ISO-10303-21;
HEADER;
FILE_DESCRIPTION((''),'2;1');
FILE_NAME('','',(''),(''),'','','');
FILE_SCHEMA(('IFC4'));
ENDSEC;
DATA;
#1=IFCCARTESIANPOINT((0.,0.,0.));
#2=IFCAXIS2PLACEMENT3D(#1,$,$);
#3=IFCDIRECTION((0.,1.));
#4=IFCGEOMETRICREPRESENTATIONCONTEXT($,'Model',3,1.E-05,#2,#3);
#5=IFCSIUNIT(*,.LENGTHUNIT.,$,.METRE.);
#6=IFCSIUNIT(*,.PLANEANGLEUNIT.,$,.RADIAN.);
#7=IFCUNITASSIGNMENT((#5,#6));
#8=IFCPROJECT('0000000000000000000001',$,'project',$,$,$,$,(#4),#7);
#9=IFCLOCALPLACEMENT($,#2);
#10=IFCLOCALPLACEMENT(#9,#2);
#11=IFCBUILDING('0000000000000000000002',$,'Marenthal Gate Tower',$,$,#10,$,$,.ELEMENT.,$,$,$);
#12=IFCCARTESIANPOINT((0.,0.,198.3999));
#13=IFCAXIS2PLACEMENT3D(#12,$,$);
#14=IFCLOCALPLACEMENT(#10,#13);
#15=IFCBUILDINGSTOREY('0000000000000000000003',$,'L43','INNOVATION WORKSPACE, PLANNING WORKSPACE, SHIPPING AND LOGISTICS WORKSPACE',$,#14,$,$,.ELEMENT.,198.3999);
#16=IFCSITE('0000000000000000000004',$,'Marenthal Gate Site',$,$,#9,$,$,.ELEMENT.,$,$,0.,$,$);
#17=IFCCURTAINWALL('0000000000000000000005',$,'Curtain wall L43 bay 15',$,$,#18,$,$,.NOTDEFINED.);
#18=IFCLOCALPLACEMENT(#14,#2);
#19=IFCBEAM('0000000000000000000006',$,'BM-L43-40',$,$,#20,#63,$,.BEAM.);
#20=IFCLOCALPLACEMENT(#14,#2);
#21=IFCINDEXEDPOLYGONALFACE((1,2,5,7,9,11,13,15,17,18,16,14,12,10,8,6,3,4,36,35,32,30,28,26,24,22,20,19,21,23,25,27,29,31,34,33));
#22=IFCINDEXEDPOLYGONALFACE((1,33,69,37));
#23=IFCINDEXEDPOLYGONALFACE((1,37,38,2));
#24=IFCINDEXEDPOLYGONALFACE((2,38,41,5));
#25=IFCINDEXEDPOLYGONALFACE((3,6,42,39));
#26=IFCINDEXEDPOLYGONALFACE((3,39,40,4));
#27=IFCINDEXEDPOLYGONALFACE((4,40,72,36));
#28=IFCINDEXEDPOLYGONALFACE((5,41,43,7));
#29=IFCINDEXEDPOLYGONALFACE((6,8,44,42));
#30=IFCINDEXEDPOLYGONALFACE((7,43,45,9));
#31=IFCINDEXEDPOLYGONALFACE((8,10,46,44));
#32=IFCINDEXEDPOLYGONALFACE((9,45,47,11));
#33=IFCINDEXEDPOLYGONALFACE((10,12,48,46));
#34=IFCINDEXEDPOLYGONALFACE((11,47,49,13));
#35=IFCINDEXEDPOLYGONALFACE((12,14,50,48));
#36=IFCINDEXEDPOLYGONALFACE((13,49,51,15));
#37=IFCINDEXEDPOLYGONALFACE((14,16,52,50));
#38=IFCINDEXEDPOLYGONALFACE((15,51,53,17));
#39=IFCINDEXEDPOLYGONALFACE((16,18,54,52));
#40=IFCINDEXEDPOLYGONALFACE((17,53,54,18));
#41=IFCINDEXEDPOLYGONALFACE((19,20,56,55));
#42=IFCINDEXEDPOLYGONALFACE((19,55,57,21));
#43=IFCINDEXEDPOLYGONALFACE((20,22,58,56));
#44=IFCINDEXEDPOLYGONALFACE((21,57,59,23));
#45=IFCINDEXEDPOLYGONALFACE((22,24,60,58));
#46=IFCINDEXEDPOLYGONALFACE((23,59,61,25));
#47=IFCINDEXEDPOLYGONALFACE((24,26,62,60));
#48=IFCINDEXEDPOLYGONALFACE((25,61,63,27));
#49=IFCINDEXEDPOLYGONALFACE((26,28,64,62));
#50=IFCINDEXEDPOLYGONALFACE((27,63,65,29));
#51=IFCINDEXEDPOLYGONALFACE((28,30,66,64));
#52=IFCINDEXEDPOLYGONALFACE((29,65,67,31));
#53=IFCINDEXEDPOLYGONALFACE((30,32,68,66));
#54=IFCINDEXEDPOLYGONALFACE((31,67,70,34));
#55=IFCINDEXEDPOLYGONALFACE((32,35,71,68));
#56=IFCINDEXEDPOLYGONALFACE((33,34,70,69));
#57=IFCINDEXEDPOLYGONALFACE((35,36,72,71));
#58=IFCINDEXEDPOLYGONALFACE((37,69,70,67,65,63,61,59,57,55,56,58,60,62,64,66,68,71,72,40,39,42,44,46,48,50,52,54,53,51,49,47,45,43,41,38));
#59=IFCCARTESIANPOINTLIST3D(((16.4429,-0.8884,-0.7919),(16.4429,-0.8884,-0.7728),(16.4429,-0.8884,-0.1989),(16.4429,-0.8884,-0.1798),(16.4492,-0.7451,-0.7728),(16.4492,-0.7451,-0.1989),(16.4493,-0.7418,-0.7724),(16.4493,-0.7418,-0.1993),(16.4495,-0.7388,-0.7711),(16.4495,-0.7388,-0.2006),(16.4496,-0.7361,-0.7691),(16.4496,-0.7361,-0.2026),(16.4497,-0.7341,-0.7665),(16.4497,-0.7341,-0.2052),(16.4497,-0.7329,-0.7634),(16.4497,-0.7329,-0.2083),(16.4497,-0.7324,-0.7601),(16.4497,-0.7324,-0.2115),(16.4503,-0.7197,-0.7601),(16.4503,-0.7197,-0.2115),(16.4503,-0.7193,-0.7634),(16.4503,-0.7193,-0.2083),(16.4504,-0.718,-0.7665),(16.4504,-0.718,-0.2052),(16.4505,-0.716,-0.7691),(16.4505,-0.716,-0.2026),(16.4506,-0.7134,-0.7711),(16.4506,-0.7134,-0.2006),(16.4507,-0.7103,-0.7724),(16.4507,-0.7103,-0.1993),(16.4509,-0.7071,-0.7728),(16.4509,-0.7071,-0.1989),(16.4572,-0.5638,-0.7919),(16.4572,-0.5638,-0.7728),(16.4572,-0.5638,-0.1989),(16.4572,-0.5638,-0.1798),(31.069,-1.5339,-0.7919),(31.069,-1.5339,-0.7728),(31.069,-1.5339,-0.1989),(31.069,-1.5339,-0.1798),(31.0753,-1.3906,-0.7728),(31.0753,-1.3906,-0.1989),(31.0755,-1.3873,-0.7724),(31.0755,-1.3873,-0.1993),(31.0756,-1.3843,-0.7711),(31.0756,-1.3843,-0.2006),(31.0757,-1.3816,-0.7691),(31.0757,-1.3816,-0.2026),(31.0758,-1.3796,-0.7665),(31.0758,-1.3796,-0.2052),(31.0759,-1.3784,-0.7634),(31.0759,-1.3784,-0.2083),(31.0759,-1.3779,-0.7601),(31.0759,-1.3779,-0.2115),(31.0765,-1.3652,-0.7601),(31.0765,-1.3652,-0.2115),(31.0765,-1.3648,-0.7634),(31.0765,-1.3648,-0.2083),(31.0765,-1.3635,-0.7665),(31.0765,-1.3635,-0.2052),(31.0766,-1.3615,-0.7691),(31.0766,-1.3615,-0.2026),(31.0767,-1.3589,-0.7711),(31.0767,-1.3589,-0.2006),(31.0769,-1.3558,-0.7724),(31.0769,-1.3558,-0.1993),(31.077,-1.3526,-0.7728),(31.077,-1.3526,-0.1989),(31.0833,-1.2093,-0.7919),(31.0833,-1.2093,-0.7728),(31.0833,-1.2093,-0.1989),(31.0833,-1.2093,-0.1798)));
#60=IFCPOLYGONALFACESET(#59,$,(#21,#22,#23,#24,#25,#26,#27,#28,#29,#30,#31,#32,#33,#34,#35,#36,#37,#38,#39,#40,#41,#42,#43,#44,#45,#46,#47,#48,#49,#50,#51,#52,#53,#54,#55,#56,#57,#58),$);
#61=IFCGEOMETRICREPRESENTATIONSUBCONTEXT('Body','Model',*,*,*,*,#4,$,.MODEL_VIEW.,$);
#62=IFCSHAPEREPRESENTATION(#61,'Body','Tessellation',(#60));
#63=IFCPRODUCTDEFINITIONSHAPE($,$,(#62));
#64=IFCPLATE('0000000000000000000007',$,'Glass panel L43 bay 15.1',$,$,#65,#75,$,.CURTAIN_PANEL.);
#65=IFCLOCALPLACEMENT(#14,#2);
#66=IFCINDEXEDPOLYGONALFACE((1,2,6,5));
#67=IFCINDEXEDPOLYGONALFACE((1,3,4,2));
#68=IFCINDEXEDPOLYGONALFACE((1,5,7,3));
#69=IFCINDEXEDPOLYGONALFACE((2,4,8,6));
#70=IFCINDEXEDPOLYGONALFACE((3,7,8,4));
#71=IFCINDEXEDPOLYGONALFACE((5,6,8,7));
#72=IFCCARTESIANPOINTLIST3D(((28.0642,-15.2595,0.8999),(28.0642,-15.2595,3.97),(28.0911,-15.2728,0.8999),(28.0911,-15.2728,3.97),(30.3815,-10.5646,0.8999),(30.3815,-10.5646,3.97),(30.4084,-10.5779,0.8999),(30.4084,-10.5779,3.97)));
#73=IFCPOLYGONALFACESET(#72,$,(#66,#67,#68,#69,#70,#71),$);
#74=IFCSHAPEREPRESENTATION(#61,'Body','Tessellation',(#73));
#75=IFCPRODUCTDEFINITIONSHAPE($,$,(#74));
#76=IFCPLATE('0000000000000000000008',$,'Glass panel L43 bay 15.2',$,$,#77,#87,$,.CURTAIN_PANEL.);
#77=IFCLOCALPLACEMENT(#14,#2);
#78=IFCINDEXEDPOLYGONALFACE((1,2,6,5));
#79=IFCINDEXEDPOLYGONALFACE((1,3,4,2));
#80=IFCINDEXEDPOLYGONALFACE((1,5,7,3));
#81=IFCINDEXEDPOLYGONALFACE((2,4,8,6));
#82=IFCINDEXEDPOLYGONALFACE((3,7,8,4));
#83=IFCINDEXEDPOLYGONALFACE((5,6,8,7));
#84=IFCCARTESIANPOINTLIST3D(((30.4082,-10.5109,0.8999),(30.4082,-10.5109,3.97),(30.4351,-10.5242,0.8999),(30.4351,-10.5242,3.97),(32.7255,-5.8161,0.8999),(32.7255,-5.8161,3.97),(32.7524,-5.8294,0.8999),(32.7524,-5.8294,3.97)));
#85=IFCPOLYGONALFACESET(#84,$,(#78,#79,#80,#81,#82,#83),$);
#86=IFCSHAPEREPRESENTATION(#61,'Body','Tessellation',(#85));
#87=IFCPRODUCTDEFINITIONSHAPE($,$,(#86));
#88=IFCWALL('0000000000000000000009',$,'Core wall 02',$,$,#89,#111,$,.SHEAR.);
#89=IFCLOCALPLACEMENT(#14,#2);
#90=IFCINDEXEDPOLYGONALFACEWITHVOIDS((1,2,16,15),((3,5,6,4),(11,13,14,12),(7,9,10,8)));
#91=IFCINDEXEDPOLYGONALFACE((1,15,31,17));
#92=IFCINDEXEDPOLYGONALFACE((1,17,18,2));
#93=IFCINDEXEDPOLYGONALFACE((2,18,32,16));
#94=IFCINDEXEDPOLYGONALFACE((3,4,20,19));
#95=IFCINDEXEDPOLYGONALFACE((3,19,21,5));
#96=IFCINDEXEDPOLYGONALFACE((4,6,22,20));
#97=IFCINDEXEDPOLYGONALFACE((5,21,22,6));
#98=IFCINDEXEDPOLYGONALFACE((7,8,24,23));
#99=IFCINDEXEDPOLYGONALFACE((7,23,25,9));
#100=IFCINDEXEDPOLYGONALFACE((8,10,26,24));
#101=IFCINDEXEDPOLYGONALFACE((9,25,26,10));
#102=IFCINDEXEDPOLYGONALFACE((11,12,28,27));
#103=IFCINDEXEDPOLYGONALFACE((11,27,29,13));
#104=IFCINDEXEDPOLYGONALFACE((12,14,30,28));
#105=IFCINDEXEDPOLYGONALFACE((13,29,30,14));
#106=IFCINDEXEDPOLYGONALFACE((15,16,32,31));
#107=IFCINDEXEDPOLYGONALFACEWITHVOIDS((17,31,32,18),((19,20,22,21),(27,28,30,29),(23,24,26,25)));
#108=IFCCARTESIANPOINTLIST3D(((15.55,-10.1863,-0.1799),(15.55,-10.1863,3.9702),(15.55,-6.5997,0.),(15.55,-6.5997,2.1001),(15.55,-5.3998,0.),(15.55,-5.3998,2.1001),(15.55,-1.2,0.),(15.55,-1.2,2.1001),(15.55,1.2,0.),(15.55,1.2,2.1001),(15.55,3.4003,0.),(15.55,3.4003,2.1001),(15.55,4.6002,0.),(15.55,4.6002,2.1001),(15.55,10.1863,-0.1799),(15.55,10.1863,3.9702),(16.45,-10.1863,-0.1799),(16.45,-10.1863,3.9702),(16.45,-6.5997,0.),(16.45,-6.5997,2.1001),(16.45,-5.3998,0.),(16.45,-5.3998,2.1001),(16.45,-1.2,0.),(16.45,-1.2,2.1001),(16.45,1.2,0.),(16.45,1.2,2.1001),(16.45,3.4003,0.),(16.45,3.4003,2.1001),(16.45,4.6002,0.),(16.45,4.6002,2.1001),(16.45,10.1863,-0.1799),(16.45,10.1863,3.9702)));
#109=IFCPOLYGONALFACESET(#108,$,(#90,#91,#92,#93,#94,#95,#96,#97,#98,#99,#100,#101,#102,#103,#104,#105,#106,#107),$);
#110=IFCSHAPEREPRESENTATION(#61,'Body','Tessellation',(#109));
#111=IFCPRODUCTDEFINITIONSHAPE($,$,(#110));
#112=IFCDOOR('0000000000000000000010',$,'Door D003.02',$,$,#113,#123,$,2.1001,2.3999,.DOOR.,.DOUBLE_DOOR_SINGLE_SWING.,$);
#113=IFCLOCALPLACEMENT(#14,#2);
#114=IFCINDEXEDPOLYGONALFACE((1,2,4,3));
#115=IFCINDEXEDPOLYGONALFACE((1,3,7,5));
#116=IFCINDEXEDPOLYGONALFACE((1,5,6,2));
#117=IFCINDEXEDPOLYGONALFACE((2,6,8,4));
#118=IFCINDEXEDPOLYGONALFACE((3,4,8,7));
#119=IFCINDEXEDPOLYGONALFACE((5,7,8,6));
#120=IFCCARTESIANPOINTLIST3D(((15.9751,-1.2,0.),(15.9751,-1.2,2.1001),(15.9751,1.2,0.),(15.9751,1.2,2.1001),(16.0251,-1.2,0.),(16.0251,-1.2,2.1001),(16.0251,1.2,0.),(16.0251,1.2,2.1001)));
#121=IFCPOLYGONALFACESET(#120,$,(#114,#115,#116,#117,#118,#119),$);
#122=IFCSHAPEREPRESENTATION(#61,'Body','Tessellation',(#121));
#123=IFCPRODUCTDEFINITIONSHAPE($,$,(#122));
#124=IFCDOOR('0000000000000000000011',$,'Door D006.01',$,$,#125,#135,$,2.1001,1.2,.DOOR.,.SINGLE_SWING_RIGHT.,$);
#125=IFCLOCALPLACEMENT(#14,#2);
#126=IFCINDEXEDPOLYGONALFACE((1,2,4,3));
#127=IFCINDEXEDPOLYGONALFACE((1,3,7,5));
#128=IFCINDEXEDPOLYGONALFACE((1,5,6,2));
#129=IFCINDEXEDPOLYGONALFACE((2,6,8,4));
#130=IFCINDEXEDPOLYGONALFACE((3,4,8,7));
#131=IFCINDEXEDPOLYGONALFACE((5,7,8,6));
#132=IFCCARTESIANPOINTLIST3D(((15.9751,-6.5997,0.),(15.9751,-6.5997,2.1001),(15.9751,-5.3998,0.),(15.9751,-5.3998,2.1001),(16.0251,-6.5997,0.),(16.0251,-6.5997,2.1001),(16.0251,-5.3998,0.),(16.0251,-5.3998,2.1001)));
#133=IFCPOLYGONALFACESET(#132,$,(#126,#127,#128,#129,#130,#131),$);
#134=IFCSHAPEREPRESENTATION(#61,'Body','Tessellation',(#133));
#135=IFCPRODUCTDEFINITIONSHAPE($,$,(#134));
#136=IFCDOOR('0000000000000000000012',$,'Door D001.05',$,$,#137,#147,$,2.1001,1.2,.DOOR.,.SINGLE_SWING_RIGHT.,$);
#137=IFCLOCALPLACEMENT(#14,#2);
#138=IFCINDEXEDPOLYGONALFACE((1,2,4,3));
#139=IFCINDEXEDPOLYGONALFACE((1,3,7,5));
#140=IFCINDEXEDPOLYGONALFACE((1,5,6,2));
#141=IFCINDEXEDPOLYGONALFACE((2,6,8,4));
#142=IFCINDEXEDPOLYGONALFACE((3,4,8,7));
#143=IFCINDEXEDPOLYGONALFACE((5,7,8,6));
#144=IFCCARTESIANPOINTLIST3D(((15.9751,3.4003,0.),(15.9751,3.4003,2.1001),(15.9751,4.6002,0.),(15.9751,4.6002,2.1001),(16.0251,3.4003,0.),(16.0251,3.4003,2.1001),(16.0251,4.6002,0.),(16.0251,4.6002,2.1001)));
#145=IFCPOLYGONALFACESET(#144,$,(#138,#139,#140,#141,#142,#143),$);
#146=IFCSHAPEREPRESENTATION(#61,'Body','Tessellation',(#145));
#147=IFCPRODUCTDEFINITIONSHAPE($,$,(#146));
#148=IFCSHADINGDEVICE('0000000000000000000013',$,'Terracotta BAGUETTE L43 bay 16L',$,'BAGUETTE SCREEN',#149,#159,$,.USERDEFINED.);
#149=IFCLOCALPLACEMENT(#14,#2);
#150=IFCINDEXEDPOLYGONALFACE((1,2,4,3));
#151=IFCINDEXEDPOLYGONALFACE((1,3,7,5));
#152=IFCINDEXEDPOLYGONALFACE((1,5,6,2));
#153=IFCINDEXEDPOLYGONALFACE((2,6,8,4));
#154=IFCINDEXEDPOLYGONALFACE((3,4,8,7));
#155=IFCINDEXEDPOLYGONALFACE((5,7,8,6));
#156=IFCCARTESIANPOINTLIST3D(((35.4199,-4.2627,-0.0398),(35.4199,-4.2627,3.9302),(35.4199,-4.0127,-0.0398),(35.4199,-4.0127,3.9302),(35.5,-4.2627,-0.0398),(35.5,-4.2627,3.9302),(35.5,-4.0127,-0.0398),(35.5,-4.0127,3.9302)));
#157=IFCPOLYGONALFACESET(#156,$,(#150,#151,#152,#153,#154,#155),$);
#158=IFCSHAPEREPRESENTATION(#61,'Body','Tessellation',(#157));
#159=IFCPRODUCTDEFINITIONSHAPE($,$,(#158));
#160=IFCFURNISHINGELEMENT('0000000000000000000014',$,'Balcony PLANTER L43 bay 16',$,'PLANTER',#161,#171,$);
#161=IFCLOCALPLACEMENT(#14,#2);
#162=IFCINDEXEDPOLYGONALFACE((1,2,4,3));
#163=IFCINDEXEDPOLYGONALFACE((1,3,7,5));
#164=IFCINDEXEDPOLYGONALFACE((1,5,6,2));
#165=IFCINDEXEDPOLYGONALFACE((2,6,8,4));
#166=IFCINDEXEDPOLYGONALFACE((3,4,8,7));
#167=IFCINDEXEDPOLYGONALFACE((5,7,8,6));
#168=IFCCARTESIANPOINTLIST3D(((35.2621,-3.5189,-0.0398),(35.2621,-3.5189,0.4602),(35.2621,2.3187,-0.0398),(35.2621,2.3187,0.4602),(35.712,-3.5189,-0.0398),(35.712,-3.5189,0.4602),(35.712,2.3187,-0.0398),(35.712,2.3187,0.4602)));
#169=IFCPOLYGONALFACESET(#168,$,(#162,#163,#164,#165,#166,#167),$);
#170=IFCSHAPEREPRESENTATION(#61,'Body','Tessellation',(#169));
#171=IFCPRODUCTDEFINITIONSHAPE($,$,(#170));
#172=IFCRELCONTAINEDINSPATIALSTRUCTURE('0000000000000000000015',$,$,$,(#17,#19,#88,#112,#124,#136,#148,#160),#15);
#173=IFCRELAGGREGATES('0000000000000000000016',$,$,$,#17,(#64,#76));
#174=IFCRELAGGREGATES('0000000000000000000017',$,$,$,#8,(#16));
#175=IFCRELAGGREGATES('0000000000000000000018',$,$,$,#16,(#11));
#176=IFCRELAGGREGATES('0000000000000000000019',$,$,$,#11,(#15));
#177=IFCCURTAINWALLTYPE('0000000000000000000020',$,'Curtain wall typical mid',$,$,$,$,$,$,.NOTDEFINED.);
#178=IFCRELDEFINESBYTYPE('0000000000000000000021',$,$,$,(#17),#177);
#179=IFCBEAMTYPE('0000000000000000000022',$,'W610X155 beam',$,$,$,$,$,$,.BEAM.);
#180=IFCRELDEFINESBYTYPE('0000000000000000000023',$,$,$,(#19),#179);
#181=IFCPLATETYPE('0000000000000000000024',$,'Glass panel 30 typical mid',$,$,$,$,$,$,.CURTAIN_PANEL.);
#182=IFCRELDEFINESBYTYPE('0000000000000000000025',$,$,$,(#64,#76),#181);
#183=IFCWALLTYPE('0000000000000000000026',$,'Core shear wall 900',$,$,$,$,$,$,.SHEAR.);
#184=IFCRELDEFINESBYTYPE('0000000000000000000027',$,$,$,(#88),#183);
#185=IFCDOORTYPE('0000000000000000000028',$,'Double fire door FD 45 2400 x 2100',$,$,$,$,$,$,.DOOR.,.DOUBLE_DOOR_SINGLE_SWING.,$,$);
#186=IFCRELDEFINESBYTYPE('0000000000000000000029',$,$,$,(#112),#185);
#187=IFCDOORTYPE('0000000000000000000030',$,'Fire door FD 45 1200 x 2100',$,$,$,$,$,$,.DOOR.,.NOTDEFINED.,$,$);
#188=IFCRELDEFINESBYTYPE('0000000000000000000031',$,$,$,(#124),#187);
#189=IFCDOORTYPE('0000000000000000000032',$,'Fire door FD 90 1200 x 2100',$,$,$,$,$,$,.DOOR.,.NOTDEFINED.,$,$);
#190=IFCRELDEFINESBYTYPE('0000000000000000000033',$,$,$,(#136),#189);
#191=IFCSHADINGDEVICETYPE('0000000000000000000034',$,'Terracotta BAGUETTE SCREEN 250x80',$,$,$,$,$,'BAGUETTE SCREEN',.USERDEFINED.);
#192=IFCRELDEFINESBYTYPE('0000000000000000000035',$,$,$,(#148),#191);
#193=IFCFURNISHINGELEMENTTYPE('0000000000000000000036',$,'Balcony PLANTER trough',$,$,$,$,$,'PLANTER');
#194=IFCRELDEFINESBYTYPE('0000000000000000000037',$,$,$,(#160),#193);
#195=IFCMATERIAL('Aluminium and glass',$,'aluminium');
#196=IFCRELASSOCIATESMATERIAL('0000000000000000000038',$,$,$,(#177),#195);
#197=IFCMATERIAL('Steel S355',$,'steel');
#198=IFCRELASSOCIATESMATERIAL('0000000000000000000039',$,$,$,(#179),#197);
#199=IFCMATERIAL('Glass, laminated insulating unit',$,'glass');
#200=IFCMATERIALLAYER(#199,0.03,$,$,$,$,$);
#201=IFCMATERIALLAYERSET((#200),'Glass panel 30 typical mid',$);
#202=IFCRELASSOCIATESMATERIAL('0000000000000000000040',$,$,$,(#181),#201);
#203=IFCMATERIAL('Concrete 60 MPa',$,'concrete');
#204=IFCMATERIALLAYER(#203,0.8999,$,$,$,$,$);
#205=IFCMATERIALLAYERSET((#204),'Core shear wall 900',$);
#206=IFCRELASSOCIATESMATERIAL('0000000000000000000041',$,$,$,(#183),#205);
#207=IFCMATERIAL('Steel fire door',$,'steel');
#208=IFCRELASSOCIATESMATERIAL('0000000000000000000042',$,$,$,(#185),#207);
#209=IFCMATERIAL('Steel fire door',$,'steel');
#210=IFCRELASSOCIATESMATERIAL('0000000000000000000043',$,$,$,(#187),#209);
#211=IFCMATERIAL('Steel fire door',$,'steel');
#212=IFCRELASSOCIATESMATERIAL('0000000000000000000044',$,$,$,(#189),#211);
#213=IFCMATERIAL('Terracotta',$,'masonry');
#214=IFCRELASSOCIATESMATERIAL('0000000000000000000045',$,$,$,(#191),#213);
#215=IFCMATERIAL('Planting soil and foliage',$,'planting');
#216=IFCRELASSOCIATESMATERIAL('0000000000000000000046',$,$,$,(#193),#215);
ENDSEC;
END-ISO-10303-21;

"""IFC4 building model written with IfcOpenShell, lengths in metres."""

from ifc_helpers import new_model, si_unit, direction, frame, frame_2d, origin, origin_2d, place, context, subcontext, project, spatial, rectangle, i_section, extrude, material, layer, layer_set, material_profile, profile_set, type_object, element, fill, aggregate, save


model = new_model("IFC4")

# Units and contexts
model_context = context("Model", 3, precision=1e-05, world=origin(), true_north=direction((0.0, 1.0)))
body_context = subcontext(model_context, "Body", "Model", "MODEL_VIEW")
ifc_project = project(units=[si_unit("LENGTHUNIT", "METRE"), si_unit("PLANEANGLEUNIT", "RADIAN")], contexts=[model_context])

# Site, building, storey
site_placement = place(None, origin())
site = spatial("IfcSite", under=ifc_project, at=site_placement, Name="Marenthal Gate Site", CompositionType="ELEMENT", RefElevation=0.0)
building_placement = place(site_placement, origin())
building = spatial("IfcBuilding", under=site, at=building_placement, Name="Marenthal Gate Tower", CompositionType="ELEMENT")
storey_placement = place(building_placement, frame((0.0, 0.0, 198.3999)))
storey = spatial("IfcBuildingStorey", under=building, at=storey_placement, Name="L43", Description="INNOVATION WORKSPACE, PLANNING WORKSPACE, SHIPPING AND LOGISTICS WORKSPACE", CompositionType="ELEMENT", Elevation=198.3999)

# Curtain wall
ifc_material_1 = material(Name="Aluminium and glass", Category="aluminium")
curtain_wall_type = type_object("IfcCurtainWallType", Name="Curtain wall typical mid", PredefinedType="NOTDEFINED", material=ifc_material_1)
curtain_wall_placement = place(storey_placement, origin())
curtain_wall = element("IfcCurtainWall", 1, at=curtain_wall_placement, inside=storey, type_object=curtain_wall_type, Name="Curtain wall L43 bay 15", PredefinedType="NOTDEFINED")

# Beam
ifc_material_2 = material(Name="Steel S355", Category="steel")
ifc_material_profile_1 = material_profile(ifc_material_2, i_section(OverallWidth=0.325, OverallDepth=0.6121, WebThickness=0.0127, FlangeThickness=0.019, FilletRadius=0.0127, at=origin_2d()), Name="W610X155")
ifc_profile_set_1 = profile_set([ifc_material_profile_1], Name="Steel S355")
beam_type_1 = type_object("IfcBeamType", Name="W610X155 beam", PredefinedType="BEAM", material=ifc_profile_set_1)
beam_1_placement = place(storey_placement, frame((31.0762, -1.3716, -0.4858), z_axis=(-0.999028, 0.044091, 0.0), x_axis=(-0.044091, -0.999028, 0.0)))
element("IfcBeam", 2, at=beam_1_placement, inside=storey, type_object=beam_type_1, Name="BM-L43-40", PredefinedType="BEAM", context=body_context, shape_type="SweptSolid", body=[
    extrude(i_section(OverallWidth=0.325, OverallDepth=0.6121, WebThickness=0.0127, FlangeThickness=0.019, FilletRadius=0.0127, at=origin_2d()), origin(), (0.0, 0.0, 1.0), 14.6404),
])

# Plates
ifc_material_3 = material(Name="Glass, laminated insulating unit", Category="glass")
ifc_layer_1 = layer(ifc_material_3, 0.03)
ifc_layer_set_1 = layer_set([ifc_layer_1], Name="Glass panel 30 typical mid")
plate_type = type_object("IfcPlateType", Name="Glass panel 30 typical mid", PredefinedType="CURTAIN_PANEL", material=ifc_layer_set_1)
plate_1_placement = place(storey_placement, frame((29.2363, -12.9187, 0.8999), z_axis=(0.0, 0.0, 1.0), x_axis=(0.442607, 0.896716, 0.0)))
plate_1 = element("IfcPlate", 3, at=plate_1_placement, type_object=plate_type, Name="Glass panel L43 bay 15.1", PredefinedType="CURTAIN_PANEL", context=body_context, shape_type="SweptSolid", body=[
    extrude(rectangle(XDim=5.2356, YDim=0.03, at=origin_2d()), origin(), (0.0, 0.0, 1.0), 3.0701),
])
plate_2_placement = place(storey_placement, frame((31.5803, -8.1702, 0.8999), z_axis=(0.0, 0.0, 1.0), x_axis=(0.442607, 0.896716, 0.0)))
plate_2 = element("IfcPlate", 4, at=plate_2_placement, type_object=plate_type, Name="Glass panel L43 bay 15.2", PredefinedType="CURTAIN_PANEL", context=body_context, shape_type="SweptSolid", body=[
    extrude(rectangle(XDim=5.2356, YDim=0.03, at=origin_2d()), origin(), (0.0, 0.0, 1.0), 3.0701),
])
aggregate(curtain_wall, [plate_1, plate_2])

# Wall, openings, doors
ifc_material_4 = material(Name="Concrete 60 MPa", Category="concrete")
ifc_layer_2 = layer(ifc_material_4, 0.8999)
ifc_layer_set_2 = layer_set([ifc_layer_2], Name="Core shear wall 900")
wall_type_1 = type_object("IfcWallType", Name="Core shear wall 900", PredefinedType="SHEAR", material=ifc_layer_set_2)
wall_1_placement = place(storey_placement, frame((16.0, -10.1863, -0.1799), z_axis=(0.0, 0.0, 1.0), x_axis=(0.0, 1.0, 0.0)))
wall_1 = element("IfcWall", 5, at=wall_1_placement, inside=storey, type_object=wall_type_1, Name="Core wall 02", PredefinedType="SHEAR", context=body_context, shape_type="SweptSolid", body=[
    extrude(rectangle(XDim=20.3726, YDim=0.8999, at=frame_2d((10.1863, 0.0))), origin(), (0.0, 0.0, 1.0), 4.1501),
])
opening_1_placement = place(wall_1_placement, frame((8.9863, 0.0, 0.1799)))
opening_1 = element("IfcOpeningElement", 6, at=opening_1_placement, cuts=wall_1, PredefinedType="OPENING", context=body_context, shape_type="SweptSolid", body=[
    extrude(rectangle(XDim=2.3999, YDim=2.1001, at=frame_2d((1.2, 1.05))), frame((0.0, 0.46, 0.0), z_axis=(0.0, -1.0, 0.0), x_axis=(1.0, 0.0, 0.0)), (0.0, 0.0, 1.0), 0.9199),
])
opening_2_placement = place(wall_1_placement, frame((13.5864, 0.0, 0.1799)))
opening_2 = element("IfcOpeningElement", 7, at=opening_2_placement, cuts=wall_1, PredefinedType="OPENING", context=body_context, shape_type="SweptSolid", body=[
    extrude(rectangle(XDim=1.2, YDim=2.1001, at=frame_2d((0.6001, 1.05))), frame((0.0, 0.46, 0.0), z_axis=(0.0, -1.0, 0.0), x_axis=(1.0, 0.0, 0.0)), (0.0, 0.0, 1.0), 0.9199),
])
opening_3_placement = place(wall_1_placement, frame((3.5864, 0.0, 0.1799)))
opening_3 = element("IfcOpeningElement", 8, at=opening_3_placement, cuts=wall_1, PredefinedType="OPENING", context=body_context, shape_type="SweptSolid", body=[
    extrude(rectangle(XDim=1.2, YDim=2.1001, at=frame_2d((0.6001, 1.05))), frame((0.0, 0.46, 0.0), z_axis=(0.0, -1.0, 0.0), x_axis=(1.0, 0.0, 0.0)), (0.0, 0.0, 1.0), 0.9199),
])
ifc_material_5 = material(Name="Steel fire door", Category="steel")
door_type_1 = type_object("IfcDoorType", Name="Double fire door FD 45 2400 x 2100", OperationType="DOUBLE_DOOR_SINGLE_SWING", PredefinedType="DOOR", material=ifc_material_5)
door_1_placement = place(opening_1_placement, origin())
door_1 = element("IfcDoor", 9, at=door_1_placement, inside=storey, type_object=door_type_1, Name="Door D003.02", OperationType="DOUBLE_DOOR_SINGLE_SWING", OverallHeight=2.1001, OverallWidth=2.3999, PredefinedType="DOOR", context=body_context, shape_type="SweptSolid", body=[
    extrude(rectangle(XDim=2.3999, YDim=2.1001, at=frame_2d((1.2, 1.05))), frame((0.0, 0.0249, 0.0), z_axis=(0.0, -1.0, 0.0), x_axis=(1.0, 0.0, 0.0)), (0.0, 0.0, 1.0), 0.05),
])
fill(opening_1, door_1)
ifc_material_6 = material(Name="Steel fire door", Category="steel")
door_type_2 = type_object("IfcDoorType", Name="Fire door FD 45 1200 x 2100", OperationType="NOTDEFINED", PredefinedType="DOOR", material=ifc_material_6)
door_2_placement = place(opening_3_placement, origin())
door_2 = element("IfcDoor", 10, at=door_2_placement, inside=storey, type_object=door_type_2, Name="Door D006.01", OperationType="SINGLE_SWING_RIGHT", OverallHeight=2.1001, OverallWidth=1.2, PredefinedType="DOOR", context=body_context, shape_type="SweptSolid", body=[
    extrude(rectangle(XDim=1.2, YDim=2.1001, at=frame_2d((0.6001, 1.05))), frame((0.0, 0.0249, 0.0), z_axis=(0.0, -1.0, 0.0), x_axis=(1.0, 0.0, 0.0)), (0.0, 0.0, 1.0), 0.05),
])
fill(opening_3, door_2)
ifc_material_7 = material(Name="Steel fire door", Category="steel")
door_type_3 = type_object("IfcDoorType", Name="Fire door FD 90 1200 x 2100", OperationType="NOTDEFINED", PredefinedType="DOOR", material=ifc_material_7)
door_3_placement = place(opening_2_placement, origin())
door_3 = element("IfcDoor", 11, at=door_3_placement, inside=storey, type_object=door_type_3, Name="Door D001.05", OperationType="SINGLE_SWING_RIGHT", OverallHeight=2.1001, OverallWidth=1.2, PredefinedType="DOOR", context=body_context, shape_type="SweptSolid", body=[
    extrude(rectangle(XDim=1.2, YDim=2.1001, at=frame_2d((0.6001, 1.05))), frame((0.0, 0.0249, 0.0), z_axis=(0.0, -1.0, 0.0), x_axis=(1.0, 0.0, 0.0)), (0.0, 0.0, 1.0), 0.05),
])
fill(opening_2, door_3)

# Shading device
ifc_material_8 = material(Name="Terracotta", Category="masonry")
ifc_material_profile_2 = material_profile(ifc_material_8, rectangle(XDim=0.25, YDim=0.0801, at=origin_2d()), Name="Terracotta baguette 250x80")
ifc_profile_set_2 = profile_set([ifc_material_profile_2], Name="Terracotta")
shading_device_type = type_object("IfcShadingDeviceType", Name="Terracotta BAGUETTE SCREEN 250x80", ElementType="BAGUETTE SCREEN", PredefinedType="USERDEFINED", material=ifc_profile_set_2)
shading_device_placement = place(storey_placement, frame((35.46, -4.1377, -0.0398), z_axis=(0.0, 0.0, 1.0), x_axis=(0.0, 1.0, 0.0)))
element("IfcShadingDevice", 12, at=shading_device_placement, inside=storey, type_object=shading_device_type, Name="Terracotta BAGUETTE L43 bay 16L", ObjectType="BAGUETTE SCREEN", PredefinedType="USERDEFINED", context=body_context, shape_type="SweptSolid", body=[
    extrude(rectangle(XDim=0.25, YDim=0.0801, at=origin_2d()), origin(), (0.0, 0.0, 1.0), 3.97),
])

# Furnishing element
ifc_material_9 = material(Name="Planting soil and foliage", Category="planting")
furnishing_element_type = type_object("IfcFurnishingElementType", Name="Balcony PLANTER trough", ElementType="PLANTER", material=ifc_material_9)
furnishing_placement = place(storey_placement, frame((35.4871, -0.6001, -0.0398), z_axis=(0.0, 0.0, 1.0), x_axis=(0.0, 1.0, 0.0)))
element("IfcFurnishingElement", 13, at=furnishing_placement, inside=storey, type_object=furnishing_element_type, Name="Balcony PLANTER L43 bay 16", ObjectType="PLANTER", context=body_context, shape_type="SweptSolid", body=[
    extrude(rectangle(XDim=5.8376, YDim=0.45, at=origin_2d()), origin(), (0.0, 0.0, 1.0), 0.5),
])

save(model, "model.ifc")
